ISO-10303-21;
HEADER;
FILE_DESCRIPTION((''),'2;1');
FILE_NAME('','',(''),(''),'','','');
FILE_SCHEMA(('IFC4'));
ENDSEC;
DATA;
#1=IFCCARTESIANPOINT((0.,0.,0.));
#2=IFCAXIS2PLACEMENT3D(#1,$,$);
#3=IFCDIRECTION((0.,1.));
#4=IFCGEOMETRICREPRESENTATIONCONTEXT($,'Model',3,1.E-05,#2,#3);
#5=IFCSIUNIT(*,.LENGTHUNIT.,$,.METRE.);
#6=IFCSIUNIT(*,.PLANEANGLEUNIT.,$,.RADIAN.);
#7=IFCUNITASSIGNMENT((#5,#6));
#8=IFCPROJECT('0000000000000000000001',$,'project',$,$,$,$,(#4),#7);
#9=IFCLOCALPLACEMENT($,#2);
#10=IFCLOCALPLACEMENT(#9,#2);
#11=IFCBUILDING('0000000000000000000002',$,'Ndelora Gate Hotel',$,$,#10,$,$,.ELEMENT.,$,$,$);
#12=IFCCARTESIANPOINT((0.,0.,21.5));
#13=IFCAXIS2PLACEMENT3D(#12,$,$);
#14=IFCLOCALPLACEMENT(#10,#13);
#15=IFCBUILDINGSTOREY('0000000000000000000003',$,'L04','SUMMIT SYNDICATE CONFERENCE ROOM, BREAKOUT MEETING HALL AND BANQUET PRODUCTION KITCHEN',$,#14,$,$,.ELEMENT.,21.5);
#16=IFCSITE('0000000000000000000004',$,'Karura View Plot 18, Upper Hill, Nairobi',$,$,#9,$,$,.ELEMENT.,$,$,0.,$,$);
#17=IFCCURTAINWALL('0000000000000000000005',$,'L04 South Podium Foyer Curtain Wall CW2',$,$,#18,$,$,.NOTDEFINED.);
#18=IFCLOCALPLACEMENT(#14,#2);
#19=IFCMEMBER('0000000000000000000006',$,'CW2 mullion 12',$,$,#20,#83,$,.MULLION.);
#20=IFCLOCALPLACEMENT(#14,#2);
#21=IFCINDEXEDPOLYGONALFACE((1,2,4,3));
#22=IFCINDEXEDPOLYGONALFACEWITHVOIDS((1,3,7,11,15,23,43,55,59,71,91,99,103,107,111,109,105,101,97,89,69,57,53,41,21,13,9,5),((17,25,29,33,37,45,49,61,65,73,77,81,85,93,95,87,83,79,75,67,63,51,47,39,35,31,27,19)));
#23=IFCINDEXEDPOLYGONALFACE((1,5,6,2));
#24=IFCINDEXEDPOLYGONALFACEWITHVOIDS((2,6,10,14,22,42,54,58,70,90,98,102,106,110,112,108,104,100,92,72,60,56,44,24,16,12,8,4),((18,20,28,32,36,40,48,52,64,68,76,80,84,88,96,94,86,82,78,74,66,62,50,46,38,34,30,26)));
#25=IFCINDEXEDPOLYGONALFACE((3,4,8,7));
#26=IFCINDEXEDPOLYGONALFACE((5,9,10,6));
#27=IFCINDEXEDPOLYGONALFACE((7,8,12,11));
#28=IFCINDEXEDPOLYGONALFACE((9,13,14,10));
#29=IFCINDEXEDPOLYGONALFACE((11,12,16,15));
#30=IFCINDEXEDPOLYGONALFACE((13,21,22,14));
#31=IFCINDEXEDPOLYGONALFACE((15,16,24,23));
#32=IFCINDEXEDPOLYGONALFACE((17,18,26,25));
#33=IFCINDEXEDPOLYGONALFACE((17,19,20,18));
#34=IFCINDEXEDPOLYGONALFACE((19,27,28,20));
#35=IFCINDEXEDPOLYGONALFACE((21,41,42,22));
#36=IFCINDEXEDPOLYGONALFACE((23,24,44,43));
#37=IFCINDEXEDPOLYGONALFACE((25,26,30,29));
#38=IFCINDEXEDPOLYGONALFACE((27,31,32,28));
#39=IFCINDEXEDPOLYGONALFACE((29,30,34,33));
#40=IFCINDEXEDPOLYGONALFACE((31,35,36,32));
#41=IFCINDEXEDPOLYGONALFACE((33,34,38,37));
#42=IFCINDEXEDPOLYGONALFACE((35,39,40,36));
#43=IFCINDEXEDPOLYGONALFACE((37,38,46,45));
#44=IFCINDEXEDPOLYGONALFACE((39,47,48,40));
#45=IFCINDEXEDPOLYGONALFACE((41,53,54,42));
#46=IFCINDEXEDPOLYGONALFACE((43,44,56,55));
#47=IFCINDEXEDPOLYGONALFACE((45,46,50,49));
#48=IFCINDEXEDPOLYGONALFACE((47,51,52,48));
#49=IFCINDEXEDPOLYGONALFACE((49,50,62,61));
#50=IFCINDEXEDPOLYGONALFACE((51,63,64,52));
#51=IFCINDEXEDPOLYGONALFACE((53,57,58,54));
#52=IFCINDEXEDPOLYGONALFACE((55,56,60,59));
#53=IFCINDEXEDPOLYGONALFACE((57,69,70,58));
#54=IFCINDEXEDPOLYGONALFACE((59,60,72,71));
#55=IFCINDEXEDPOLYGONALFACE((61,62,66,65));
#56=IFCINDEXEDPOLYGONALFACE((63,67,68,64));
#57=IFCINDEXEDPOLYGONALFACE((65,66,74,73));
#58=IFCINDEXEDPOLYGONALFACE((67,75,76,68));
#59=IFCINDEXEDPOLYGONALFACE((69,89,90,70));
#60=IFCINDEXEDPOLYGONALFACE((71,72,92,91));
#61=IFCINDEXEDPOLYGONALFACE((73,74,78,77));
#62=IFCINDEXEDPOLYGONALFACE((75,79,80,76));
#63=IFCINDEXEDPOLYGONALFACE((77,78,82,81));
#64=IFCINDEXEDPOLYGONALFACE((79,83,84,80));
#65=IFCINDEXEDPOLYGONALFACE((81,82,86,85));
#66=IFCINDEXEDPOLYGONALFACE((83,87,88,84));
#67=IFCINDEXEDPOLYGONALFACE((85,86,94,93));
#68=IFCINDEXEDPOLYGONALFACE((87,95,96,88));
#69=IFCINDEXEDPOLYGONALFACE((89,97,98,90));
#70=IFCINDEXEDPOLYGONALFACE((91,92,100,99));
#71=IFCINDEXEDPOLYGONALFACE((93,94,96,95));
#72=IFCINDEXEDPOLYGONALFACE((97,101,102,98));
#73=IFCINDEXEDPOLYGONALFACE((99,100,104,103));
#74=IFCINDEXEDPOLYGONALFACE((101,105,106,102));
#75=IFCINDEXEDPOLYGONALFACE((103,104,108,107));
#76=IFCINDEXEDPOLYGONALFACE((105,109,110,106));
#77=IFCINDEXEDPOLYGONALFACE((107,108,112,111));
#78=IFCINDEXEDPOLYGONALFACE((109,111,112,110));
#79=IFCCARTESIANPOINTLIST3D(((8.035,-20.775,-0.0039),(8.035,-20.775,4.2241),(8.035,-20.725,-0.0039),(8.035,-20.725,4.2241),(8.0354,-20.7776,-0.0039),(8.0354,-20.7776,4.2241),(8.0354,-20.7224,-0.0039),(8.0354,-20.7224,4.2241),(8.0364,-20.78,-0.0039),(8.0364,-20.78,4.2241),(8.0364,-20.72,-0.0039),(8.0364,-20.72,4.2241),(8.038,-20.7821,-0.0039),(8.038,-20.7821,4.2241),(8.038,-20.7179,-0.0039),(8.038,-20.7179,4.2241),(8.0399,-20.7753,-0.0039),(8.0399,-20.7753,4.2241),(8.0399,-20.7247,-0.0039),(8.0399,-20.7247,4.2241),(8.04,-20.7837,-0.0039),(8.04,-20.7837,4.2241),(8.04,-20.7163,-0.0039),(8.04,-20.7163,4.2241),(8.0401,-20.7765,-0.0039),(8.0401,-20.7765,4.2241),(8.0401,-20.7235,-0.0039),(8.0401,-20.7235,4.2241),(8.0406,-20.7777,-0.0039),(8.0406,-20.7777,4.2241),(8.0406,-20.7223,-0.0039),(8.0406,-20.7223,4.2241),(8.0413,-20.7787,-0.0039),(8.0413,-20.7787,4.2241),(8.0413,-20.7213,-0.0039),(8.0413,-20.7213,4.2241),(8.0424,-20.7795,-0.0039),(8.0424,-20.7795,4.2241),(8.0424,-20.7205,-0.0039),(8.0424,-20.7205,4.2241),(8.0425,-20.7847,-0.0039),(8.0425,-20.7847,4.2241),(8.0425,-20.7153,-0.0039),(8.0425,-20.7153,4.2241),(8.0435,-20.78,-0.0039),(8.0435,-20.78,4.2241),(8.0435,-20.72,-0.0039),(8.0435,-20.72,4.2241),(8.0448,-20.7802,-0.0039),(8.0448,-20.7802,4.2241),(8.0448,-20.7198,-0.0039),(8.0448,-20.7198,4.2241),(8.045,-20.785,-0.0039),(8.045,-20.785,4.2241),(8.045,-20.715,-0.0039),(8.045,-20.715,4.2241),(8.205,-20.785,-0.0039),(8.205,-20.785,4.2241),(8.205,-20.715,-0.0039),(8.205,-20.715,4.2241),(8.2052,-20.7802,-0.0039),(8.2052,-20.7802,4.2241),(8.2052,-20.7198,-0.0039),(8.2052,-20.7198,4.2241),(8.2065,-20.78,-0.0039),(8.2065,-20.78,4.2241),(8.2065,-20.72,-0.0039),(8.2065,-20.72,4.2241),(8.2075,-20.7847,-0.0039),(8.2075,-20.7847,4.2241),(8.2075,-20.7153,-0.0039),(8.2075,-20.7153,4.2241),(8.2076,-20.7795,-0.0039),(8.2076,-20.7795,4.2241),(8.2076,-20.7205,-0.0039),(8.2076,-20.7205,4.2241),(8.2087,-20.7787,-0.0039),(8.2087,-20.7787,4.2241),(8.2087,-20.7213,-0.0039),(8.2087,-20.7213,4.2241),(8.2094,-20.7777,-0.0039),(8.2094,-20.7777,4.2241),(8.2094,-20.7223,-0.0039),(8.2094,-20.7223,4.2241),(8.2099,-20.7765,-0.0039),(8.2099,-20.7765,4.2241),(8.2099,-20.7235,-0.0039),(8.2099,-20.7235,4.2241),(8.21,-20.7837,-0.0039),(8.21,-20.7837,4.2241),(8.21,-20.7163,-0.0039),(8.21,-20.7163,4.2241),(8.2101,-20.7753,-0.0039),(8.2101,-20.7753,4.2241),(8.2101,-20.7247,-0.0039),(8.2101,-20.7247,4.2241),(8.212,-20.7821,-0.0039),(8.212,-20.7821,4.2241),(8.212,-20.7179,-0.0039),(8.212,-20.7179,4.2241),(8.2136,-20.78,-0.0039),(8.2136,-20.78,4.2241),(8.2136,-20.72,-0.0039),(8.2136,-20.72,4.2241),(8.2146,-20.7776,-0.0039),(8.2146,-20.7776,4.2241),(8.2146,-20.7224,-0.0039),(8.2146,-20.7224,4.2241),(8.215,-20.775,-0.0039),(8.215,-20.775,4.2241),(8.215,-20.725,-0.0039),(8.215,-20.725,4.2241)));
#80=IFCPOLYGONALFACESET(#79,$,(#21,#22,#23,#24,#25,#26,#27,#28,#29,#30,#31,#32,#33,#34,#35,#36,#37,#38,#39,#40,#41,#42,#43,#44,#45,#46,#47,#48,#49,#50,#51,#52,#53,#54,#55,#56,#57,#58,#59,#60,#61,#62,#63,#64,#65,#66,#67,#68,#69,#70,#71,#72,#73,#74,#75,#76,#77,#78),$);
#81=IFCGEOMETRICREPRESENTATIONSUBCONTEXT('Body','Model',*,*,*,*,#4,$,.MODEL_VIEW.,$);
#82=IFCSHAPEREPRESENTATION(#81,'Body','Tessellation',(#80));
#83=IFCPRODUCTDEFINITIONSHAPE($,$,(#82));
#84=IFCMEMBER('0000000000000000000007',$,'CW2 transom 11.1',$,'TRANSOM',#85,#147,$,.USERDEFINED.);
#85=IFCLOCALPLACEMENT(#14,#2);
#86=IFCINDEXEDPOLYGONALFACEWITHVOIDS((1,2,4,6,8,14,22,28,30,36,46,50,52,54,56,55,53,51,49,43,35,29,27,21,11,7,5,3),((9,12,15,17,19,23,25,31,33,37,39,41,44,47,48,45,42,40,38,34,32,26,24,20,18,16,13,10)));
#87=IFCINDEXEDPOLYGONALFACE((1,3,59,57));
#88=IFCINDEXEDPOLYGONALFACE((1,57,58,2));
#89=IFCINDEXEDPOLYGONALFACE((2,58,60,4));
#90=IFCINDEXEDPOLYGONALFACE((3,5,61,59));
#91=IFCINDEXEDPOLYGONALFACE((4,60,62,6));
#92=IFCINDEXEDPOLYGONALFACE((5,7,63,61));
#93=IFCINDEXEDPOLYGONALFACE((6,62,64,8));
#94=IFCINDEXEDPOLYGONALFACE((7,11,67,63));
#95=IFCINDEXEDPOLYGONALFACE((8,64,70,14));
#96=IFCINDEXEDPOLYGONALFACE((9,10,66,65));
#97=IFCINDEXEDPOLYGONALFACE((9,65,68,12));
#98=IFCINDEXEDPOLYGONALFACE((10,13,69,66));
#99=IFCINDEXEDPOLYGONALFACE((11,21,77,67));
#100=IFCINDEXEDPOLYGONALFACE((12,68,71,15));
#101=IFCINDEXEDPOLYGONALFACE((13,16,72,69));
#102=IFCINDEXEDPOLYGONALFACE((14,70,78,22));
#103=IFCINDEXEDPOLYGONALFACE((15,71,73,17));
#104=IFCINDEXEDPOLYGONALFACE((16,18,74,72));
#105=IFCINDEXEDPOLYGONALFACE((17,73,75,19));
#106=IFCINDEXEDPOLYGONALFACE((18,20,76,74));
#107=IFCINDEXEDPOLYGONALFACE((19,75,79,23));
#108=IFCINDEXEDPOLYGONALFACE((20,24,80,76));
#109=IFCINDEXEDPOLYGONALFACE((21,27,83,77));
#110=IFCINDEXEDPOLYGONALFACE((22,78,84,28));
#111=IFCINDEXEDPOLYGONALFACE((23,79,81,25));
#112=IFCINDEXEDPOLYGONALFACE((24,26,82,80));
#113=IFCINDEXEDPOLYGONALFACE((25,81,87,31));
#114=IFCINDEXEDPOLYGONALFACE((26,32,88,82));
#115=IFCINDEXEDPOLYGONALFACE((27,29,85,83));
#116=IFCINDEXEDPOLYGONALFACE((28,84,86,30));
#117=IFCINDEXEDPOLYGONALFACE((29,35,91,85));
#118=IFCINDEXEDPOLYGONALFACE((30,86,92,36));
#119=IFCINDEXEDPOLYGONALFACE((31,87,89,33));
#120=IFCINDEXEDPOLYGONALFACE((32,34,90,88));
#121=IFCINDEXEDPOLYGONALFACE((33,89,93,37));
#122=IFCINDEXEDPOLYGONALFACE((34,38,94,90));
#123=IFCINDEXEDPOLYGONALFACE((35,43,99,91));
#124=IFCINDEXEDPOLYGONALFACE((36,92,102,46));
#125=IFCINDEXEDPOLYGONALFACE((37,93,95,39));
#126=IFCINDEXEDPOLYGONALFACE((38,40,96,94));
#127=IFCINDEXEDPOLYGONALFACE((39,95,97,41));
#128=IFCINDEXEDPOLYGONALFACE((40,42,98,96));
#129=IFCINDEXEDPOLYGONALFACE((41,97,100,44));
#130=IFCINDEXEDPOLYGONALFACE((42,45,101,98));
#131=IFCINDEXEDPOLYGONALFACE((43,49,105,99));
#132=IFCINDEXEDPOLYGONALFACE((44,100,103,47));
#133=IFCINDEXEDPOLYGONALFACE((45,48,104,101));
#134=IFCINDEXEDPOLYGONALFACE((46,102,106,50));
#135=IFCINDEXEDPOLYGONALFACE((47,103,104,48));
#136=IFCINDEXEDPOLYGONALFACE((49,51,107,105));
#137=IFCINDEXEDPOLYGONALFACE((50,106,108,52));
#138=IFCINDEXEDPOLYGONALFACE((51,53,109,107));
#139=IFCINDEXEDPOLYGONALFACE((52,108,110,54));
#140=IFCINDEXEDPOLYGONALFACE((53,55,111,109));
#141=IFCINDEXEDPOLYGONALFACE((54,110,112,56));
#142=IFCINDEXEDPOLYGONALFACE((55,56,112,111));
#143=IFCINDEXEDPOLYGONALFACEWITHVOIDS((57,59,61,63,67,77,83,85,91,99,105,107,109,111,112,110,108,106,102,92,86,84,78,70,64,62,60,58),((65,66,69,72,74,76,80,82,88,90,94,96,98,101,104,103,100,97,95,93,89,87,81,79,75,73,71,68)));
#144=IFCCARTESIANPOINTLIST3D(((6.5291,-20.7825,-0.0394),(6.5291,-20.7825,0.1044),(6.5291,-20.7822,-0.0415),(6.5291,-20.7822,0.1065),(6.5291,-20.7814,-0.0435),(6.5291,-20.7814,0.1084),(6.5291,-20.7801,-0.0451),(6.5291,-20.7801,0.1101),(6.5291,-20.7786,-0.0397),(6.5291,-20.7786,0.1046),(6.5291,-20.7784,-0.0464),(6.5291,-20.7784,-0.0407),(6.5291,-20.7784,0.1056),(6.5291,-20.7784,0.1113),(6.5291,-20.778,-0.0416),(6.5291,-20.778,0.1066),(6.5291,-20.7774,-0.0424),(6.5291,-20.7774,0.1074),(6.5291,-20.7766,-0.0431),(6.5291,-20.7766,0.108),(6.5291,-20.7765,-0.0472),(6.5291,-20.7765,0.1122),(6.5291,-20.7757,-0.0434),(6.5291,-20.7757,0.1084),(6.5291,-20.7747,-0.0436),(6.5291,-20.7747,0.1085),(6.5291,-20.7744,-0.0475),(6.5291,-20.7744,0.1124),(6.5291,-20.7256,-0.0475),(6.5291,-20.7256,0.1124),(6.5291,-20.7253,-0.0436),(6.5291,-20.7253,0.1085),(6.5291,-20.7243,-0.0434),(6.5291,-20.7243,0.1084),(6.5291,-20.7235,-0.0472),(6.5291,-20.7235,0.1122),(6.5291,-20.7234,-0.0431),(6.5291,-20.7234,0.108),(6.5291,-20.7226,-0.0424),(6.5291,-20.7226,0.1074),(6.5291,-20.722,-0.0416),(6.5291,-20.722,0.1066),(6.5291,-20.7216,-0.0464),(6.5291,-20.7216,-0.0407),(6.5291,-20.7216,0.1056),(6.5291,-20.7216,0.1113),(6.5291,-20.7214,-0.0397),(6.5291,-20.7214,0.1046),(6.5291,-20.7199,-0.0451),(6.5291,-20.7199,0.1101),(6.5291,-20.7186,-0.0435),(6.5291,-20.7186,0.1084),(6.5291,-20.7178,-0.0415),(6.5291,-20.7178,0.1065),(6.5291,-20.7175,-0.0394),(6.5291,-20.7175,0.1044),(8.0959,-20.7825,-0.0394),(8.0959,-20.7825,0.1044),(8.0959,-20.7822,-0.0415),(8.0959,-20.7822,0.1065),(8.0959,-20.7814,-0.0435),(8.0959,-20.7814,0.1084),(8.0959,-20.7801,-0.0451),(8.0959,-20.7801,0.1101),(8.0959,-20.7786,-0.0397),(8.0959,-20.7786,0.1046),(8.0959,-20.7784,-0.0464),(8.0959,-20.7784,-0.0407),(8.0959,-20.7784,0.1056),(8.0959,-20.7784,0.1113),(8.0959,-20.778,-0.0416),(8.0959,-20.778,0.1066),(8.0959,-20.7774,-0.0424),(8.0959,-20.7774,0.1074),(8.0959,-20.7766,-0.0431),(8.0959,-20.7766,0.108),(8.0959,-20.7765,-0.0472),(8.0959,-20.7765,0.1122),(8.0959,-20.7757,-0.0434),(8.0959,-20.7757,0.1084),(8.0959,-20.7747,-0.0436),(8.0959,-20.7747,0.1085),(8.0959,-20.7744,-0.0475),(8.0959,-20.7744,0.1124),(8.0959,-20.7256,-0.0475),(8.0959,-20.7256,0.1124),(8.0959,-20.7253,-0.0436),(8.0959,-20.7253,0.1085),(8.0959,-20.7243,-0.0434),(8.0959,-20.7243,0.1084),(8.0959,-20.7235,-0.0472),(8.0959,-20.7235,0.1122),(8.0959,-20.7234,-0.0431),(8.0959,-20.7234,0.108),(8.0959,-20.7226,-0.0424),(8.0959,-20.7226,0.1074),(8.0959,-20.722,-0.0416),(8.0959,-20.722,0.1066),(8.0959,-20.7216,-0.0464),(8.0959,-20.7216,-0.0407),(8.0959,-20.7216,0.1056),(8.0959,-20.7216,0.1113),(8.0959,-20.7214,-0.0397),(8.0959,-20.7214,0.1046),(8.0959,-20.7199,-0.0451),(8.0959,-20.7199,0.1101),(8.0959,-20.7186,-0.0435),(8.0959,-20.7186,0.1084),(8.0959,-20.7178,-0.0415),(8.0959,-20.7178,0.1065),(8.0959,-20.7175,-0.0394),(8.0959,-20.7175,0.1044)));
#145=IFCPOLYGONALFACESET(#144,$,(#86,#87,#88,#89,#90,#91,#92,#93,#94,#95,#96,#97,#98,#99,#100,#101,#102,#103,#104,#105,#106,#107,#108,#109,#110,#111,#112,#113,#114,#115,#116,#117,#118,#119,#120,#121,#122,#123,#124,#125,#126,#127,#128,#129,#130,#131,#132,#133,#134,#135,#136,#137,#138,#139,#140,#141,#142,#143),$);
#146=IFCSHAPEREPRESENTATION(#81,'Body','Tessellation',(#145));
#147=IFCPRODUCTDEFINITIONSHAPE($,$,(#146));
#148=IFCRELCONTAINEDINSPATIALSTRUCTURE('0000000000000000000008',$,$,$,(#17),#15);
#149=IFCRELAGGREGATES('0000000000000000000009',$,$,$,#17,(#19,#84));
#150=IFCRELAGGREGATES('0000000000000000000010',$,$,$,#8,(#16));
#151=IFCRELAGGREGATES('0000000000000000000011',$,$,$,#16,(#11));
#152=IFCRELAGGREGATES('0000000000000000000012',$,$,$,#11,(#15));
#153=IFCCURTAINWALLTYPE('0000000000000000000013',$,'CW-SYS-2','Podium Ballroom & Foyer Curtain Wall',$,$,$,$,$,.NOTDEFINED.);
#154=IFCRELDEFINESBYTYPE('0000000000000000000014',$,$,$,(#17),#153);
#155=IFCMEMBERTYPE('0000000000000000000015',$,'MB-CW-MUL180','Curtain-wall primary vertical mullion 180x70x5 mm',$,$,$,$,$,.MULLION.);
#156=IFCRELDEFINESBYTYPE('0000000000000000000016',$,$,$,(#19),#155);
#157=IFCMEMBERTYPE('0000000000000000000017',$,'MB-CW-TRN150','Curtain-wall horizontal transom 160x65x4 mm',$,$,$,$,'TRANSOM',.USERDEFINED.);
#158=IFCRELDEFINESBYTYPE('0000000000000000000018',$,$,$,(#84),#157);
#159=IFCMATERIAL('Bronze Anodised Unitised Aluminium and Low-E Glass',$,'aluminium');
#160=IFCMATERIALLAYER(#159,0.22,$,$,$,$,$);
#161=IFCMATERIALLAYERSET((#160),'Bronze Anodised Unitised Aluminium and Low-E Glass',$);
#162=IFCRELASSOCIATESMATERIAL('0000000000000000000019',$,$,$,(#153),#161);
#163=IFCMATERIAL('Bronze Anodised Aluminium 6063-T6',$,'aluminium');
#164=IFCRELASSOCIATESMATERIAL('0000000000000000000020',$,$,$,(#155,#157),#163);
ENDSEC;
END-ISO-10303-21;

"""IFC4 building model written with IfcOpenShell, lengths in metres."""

from ifc_helpers import new_model, si_unit, direction, frame, origin, origin_2d, place, context, subcontext, project, spatial, hollow_rectangle, extrude, material, layer, layer_set, material_profile, profile_set, type_object, element, aggregate, save


model = new_model("IFC4")

# Units and contexts
model_context = context("Model", 3, precision=1e-05, world=origin(), true_north=direction((0.0, 1.0)))
body_context = subcontext(model_context, "Body", "Model", "MODEL_VIEW")
ifc_project = project(units=[si_unit("LENGTHUNIT", "METRE"), si_unit("PLANEANGLEUNIT", "RADIAN")], contexts=[model_context])

# Site, building, storey
site_placement = place(None, origin())
site = spatial("IfcSite", under=ifc_project, at=site_placement, Name="Karura View Plot 18, Upper Hill, Nairobi", CompositionType="ELEMENT", RefElevation=0.0)
building_placement = place(site_placement, origin())
building = spatial("IfcBuilding", under=site, at=building_placement, Name="Ndelora Gate Hotel", CompositionType="ELEMENT")
storey_placement = place(building_placement, frame((0.0, 0.0, 21.5)))
storey = spatial("IfcBuildingStorey", under=building, at=storey_placement, Name="L04", Description="SUMMIT SYNDICATE CONFERENCE ROOM, BREAKOUT MEETING HALL AND BANQUET PRODUCTION KITCHEN", CompositionType="ELEMENT", Elevation=21.5)

# Curtain wall, members
ifc_material_1 = material(Name="Bronze Anodised Unitised Aluminium and Low-E Glass", Category="aluminium")
ifc_layer_1 = layer(ifc_material_1, 0.22)
ifc_layer_set_1 = layer_set([ifc_layer_1], Name="Bronze Anodised Unitised Aluminium and Low-E Glass")
curtain_wall_type = type_object("IfcCurtainWallType", Name="CW-SYS-2", Description="Podium Ballroom & Foyer Curtain Wall", PredefinedType="NOTDEFINED", material=ifc_layer_set_1)
curtain_wall_placement = place(storey_placement, origin())
curtain_wall = element("IfcCurtainWall", 1, at=curtain_wall_placement, inside=storey, type_object=curtain_wall_type, Name="L04 South Podium Foyer Curtain Wall CW2", PredefinedType="NOTDEFINED")
ifc_material_2 = material(Name="Bronze Anodised Aluminium 6063-T6", Category="aluminium")
ifc_material_profile_1 = material_profile(ifc_material_2, hollow_rectangle(XDim=0.0701, YDim=0.1799, WallThickness=0.0049, InnerFilletRadius=0.0049, OuterFilletRadius=0.01, at=origin_2d()), Name="ALU 180x70x5")
ifc_profile_set_1 = profile_set([ifc_material_profile_1], Name="Bronze Anodised Aluminium 6063-T6")
member_type_1 = type_object("IfcMemberType", Name="MB-CW-MUL180", Description="Curtain-wall primary vertical mullion 180x70x5 mm", PredefinedType="MULLION", material=ifc_profile_set_1)
member_1_placement = place(storey_placement, frame((8.125, -20.75, -0.0039), z_axis=(0.0, 0.0, 1.0), x_axis=(0.0, 1.0, 0.0)))
member_1 = element("IfcMember", 2, at=member_1_placement, type_object=member_type_1, Name="CW2 mullion 12", PredefinedType="MULLION", context=body_context, shape_type="SweptSolid", body=[
    extrude(hollow_rectangle(XDim=0.0701, YDim=0.1799, WallThickness=0.0049, InnerFilletRadius=0.0049, OuterFilletRadius=0.01, at=origin_2d()), origin(), (0.0, 0.0, 1.0), 4.228),
])
ifc_material_profile_2 = material_profile(ifc_material_2, hollow_rectangle(XDim=0.0649, YDim=0.1599, WallThickness=0.0039, InnerFilletRadius=0.0039, OuterFilletRadius=0.0081, at=origin_2d()), Name="ALU 160x65x4")
ifc_profile_set_2 = profile_set([ifc_material_profile_2], Name="Bronze Anodised Aluminium 6063-T6")
member_type_2 = type_object("IfcMemberType", Name="MB-CW-TRN150", Description="Curtain-wall horizontal transom 160x65x4 mm", ElementType="TRANSOM", PredefinedType="USERDEFINED", material=ifc_profile_set_2)
member_2_placement = place(storey_placement, frame((6.5291, -20.75, 0.0325), z_axis=(1.0, 0.0, 0.0), x_axis=(0.0, 1.0, 0.0)))
member_2 = element("IfcMember", 3, at=member_2_placement, type_object=member_type_2, Name="CW2 transom 11.1", ObjectType="TRANSOM", PredefinedType="USERDEFINED", context=body_context, shape_type="SweptSolid", body=[
    extrude(hollow_rectangle(XDim=0.0649, YDim=0.1599, WallThickness=0.0039, InnerFilletRadius=0.0039, OuterFilletRadius=0.0081, at=origin_2d()), origin(), (0.0, 0.0, 1.0), 1.5669),
])
aggregate(curtain_wall, [member_1, member_2])

save(model, "model.ifc")
